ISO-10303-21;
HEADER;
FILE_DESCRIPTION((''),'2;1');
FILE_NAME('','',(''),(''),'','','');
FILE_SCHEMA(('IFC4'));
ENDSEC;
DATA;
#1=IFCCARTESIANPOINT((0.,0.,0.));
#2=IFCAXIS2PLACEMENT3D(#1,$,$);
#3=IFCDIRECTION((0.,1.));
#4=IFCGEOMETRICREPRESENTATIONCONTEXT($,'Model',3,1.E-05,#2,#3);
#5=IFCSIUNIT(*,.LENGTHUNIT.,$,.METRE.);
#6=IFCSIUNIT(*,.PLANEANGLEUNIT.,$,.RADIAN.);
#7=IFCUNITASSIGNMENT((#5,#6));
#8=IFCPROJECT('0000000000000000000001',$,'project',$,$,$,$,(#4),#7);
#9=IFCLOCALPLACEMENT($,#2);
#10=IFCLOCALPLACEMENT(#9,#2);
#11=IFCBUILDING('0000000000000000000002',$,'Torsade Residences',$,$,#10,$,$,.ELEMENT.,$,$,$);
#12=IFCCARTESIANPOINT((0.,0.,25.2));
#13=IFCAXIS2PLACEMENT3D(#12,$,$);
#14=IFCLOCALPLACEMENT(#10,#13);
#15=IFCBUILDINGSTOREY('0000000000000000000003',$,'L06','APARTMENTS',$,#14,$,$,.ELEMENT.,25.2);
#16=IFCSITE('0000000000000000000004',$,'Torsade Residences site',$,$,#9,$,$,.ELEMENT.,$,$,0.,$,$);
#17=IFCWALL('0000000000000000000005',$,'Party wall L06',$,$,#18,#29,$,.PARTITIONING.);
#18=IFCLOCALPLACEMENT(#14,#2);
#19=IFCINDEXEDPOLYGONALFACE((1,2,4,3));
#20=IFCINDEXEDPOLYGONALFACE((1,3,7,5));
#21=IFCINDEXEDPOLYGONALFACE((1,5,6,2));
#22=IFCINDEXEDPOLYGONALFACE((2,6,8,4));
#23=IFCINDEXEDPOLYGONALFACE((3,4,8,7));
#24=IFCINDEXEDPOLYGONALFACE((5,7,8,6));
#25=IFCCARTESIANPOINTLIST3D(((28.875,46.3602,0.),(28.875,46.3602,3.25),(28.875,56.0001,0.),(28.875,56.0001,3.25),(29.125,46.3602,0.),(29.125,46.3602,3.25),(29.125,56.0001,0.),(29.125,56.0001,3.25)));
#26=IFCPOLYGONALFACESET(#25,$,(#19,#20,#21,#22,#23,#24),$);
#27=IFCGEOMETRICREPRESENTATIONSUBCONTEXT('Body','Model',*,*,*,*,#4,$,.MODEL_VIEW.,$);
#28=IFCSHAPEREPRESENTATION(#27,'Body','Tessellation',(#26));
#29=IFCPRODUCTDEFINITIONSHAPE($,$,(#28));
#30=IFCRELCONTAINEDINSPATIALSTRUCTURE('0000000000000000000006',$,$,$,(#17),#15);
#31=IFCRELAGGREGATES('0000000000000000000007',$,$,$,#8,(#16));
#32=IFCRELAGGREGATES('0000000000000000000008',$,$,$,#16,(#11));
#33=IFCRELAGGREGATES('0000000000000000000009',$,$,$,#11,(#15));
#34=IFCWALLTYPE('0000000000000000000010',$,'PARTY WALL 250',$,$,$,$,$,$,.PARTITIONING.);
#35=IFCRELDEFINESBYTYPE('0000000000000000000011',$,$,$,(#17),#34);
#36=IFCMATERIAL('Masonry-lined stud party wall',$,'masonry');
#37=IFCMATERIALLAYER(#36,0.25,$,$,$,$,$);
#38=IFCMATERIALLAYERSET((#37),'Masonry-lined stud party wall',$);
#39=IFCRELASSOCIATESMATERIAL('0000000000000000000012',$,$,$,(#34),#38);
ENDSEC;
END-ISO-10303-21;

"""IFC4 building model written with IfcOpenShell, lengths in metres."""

from ifc_helpers import new_model, si_unit, direction, frame, frame_2d, origin, place, context, subcontext, project, spatial, rectangle, extrude, material, layer, layer_set, type_object, element, save


model = new_model("IFC4")

# Units and contexts
model_context = context("Model", 3, precision=1e-05, world=origin(), true_north=direction((0.0, 1.0)))
body_context = subcontext(model_context, "Body", "Model", "MODEL_VIEW")
ifc_project = project(units=[si_unit("LENGTHUNIT", "METRE"), si_unit("PLANEANGLEUNIT", "RADIAN")], contexts=[model_context])

# Site, building, storey
site_placement = place(None, origin())
site = spatial("IfcSite", under=ifc_project, at=site_placement, Name="Torsade Residences site", CompositionType="ELEMENT", RefElevation=0.0)
building_placement = place(site_placement, origin())
building = spatial("IfcBuilding", under=site, at=building_placement, Name="Torsade Residences", CompositionType="ELEMENT")
storey_placement = place(building_placement, frame((0.0, 0.0, 25.2)))
storey = spatial("IfcBuildingStorey", under=building, at=storey_placement, Name="L06", Description="APARTMENTS", CompositionType="ELEMENT", Elevation=25.2)

# Wall
ifc_material_1 = material(Name="Masonry-lined stud party wall", Category="masonry")
ifc_layer_1 = layer(ifc_material_1, 0.25)
ifc_layer_set_1 = layer_set([ifc_layer_1], Name="Masonry-lined stud party wall")
wall_type_1 = type_object("IfcWallType", Name="PARTY WALL 250", PredefinedType="PARTITIONING", material=ifc_layer_set_1)
wall_1_placement = place(storey_placement, frame((29.0, 56.0, 0.0), z_axis=(0.0, 0.0, 1.0), x_axis=(0.0, -1.0, 0.0)))
element("IfcWall", 1, at=wall_1_placement, inside=storey, type_object=wall_type_1, Name="Party wall L06", PredefinedType="PARTITIONING", context=body_context, shape_type="SweptSolid", body=[
    extrude(rectangle(XDim=9.6399, YDim=0.25, at=frame_2d((4.8198, 0.0))), origin(), (0.0, 0.0, 1.0), 3.25),
])

save(model, "model.ifc")
